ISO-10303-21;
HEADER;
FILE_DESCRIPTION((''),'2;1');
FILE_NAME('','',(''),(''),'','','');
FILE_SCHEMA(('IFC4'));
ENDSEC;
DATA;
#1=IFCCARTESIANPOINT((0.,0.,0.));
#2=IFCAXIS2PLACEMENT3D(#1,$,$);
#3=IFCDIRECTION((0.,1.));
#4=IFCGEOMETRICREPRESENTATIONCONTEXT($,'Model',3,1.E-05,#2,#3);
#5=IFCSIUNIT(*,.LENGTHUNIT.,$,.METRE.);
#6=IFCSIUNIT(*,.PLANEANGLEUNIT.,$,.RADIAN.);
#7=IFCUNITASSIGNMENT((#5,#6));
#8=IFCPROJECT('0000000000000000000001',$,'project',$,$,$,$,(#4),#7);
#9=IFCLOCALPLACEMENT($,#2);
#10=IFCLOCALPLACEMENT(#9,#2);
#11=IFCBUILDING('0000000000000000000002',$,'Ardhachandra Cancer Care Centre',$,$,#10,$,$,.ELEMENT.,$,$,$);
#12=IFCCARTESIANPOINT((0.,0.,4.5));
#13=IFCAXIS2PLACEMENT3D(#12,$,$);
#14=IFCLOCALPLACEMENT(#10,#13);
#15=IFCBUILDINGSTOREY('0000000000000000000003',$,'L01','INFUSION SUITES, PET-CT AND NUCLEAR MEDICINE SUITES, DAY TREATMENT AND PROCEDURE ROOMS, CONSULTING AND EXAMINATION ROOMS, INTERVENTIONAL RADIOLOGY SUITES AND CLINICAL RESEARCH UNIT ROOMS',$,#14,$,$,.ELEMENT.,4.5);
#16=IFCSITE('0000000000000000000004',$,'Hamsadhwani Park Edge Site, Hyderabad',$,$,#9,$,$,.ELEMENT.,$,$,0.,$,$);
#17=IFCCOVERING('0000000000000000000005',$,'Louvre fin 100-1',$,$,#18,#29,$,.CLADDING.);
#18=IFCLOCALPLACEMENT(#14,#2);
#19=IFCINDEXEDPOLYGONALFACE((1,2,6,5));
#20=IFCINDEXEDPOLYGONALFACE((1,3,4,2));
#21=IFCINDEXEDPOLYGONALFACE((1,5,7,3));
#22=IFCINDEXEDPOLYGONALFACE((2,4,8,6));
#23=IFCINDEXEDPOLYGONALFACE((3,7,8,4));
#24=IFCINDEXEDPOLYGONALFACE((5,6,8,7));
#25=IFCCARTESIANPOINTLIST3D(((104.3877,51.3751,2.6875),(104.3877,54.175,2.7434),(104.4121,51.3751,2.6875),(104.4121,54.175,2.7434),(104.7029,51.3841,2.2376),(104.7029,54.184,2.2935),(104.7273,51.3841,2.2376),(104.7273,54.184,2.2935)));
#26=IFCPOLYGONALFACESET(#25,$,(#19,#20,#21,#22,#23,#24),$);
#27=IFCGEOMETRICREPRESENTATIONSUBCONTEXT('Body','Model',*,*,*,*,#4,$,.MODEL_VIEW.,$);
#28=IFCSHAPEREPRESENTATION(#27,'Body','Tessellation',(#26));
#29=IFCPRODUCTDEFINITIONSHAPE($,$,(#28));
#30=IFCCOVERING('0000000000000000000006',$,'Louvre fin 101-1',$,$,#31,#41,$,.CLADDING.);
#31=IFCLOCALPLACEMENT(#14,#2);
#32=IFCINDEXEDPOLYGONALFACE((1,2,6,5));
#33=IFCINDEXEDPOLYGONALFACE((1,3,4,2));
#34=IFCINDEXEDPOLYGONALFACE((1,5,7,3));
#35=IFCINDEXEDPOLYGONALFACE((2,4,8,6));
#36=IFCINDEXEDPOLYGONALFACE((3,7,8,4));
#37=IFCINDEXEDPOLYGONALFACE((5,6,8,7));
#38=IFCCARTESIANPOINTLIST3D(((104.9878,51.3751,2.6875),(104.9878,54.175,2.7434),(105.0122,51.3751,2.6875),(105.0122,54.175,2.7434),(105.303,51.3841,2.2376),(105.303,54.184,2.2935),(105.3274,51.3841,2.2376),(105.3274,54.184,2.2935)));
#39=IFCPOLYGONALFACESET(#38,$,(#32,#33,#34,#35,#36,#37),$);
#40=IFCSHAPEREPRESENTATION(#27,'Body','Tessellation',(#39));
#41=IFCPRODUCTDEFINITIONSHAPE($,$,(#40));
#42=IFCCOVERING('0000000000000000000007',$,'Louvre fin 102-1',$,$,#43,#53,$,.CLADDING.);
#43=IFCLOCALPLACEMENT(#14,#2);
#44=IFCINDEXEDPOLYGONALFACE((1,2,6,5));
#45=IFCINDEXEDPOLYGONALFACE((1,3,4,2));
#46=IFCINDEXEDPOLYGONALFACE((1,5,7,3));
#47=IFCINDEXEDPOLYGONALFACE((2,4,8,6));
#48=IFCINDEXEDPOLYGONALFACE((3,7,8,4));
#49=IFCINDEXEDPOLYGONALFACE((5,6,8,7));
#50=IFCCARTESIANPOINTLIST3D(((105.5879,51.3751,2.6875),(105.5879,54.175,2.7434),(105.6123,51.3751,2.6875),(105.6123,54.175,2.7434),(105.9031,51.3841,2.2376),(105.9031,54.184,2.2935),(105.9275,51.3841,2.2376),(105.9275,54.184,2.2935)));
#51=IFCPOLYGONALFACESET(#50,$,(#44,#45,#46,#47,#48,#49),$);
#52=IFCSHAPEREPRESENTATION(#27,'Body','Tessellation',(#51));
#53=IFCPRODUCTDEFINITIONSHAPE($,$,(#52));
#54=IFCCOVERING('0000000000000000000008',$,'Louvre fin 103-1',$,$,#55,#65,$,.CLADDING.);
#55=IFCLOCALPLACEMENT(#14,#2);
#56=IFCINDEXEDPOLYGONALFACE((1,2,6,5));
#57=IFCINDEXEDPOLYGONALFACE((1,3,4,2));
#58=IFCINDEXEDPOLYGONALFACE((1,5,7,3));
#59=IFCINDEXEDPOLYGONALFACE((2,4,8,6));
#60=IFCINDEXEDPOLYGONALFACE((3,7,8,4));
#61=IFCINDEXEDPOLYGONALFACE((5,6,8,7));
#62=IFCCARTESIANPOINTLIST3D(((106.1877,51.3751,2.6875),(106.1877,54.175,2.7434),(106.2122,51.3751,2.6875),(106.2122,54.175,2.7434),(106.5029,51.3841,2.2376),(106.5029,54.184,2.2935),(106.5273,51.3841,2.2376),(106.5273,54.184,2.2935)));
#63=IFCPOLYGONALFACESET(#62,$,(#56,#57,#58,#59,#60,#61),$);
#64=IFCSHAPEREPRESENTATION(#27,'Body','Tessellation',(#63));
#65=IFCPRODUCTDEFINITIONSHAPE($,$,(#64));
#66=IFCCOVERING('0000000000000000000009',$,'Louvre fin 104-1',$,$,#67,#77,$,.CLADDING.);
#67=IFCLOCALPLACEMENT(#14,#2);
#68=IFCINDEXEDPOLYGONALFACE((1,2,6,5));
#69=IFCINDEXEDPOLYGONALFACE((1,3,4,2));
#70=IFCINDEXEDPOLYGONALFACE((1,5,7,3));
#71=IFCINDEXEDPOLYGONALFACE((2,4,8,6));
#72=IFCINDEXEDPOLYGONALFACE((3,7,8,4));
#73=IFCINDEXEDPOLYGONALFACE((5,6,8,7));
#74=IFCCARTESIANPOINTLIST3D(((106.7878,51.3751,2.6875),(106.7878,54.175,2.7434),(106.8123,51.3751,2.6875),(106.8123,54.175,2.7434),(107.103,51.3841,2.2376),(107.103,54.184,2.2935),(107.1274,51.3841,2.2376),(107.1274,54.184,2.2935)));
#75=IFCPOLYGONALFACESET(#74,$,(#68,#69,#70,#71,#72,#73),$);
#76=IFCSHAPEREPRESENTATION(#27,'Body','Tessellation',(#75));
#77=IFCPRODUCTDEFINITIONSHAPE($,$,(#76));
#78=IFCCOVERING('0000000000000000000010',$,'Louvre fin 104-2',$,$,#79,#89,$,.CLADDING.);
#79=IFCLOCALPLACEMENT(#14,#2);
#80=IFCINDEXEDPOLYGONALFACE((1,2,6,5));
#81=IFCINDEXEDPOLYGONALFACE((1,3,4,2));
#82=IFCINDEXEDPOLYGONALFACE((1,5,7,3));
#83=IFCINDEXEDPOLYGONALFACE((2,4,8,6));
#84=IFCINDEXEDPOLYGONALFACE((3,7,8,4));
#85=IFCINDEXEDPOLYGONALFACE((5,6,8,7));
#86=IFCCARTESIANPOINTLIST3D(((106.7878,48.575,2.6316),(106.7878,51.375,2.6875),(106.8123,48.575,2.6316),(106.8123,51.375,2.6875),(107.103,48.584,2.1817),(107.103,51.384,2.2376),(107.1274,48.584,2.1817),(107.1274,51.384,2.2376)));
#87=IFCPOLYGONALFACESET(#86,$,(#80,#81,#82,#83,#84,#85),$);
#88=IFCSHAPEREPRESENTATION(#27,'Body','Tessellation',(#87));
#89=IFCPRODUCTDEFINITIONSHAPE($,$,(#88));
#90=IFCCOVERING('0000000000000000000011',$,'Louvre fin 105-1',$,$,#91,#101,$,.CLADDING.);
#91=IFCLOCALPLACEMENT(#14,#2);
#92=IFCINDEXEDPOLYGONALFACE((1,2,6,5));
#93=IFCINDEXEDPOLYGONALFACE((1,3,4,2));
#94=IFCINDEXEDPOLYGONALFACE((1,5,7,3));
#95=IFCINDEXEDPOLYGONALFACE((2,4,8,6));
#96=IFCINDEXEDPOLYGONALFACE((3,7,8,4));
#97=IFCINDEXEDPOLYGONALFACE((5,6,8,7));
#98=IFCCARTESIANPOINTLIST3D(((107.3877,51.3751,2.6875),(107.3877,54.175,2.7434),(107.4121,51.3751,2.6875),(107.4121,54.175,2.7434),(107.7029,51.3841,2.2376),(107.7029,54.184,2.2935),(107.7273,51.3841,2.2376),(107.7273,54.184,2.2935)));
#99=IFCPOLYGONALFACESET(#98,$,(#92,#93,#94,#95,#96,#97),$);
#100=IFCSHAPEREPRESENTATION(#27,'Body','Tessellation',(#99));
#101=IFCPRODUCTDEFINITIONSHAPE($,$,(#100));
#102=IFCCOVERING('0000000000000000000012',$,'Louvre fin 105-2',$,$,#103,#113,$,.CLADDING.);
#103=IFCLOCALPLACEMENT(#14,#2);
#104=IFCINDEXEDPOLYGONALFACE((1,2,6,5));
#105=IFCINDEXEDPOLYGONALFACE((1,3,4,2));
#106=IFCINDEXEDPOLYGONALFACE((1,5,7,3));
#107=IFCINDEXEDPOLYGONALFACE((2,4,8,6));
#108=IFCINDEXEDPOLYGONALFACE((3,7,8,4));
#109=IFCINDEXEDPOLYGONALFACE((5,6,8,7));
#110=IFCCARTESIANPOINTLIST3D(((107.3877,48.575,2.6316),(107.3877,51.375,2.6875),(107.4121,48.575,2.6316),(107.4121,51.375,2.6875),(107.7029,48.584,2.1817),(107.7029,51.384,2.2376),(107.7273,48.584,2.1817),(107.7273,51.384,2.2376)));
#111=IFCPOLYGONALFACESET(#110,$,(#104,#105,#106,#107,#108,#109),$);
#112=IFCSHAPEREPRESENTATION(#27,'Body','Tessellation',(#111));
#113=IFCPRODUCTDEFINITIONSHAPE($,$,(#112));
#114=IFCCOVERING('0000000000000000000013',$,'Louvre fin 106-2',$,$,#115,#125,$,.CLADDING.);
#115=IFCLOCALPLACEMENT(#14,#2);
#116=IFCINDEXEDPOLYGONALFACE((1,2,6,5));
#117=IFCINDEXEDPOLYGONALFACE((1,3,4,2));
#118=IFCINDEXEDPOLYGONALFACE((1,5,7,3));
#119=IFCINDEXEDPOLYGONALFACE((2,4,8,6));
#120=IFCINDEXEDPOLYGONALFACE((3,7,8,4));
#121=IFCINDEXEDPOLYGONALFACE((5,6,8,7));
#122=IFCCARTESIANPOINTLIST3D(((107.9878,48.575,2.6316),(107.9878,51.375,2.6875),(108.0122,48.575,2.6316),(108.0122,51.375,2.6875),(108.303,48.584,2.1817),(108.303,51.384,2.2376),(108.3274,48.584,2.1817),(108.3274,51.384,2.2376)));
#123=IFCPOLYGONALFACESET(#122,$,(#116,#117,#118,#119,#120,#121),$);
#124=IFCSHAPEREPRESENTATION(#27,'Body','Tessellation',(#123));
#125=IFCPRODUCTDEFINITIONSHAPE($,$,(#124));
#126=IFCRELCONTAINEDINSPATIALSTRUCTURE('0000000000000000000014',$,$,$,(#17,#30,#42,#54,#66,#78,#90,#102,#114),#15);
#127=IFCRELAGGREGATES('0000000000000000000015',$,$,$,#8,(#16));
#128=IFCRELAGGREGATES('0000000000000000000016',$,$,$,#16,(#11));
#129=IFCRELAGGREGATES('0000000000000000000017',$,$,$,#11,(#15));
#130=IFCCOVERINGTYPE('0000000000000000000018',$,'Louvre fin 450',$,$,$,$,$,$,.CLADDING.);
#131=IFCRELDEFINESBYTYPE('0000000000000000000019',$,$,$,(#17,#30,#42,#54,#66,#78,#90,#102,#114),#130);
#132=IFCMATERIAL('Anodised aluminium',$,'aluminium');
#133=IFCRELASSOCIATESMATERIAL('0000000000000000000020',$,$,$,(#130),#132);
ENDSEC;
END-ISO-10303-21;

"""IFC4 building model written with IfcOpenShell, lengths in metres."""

from ifc_helpers import new_model, si_unit, direction, frame, origin, place, context, subcontext, project, spatial, polyline, outline, extrude, material, material_profile, profile_set, type_object, element, save


model = new_model("IFC4")

# Units and contexts
model_context = context("Model", 3, precision=1e-05, world=origin(), true_north=direction((0.0, 1.0)))
body_context = subcontext(model_context, "Body", "Model", "MODEL_VIEW")
ifc_project = project(units=[si_unit("LENGTHUNIT", "METRE"), si_unit("PLANEANGLEUNIT", "RADIAN")], contexts=[model_context])

# Site, building, storey
site_placement = place(None, origin())
site = spatial("IfcSite", under=ifc_project, at=site_placement, Name="Hamsadhwani Park Edge Site, Hyderabad", CompositionType="ELEMENT", RefElevation=0.0)
building_placement = place(site_placement, origin())
building = spatial("IfcBuilding", under=site, at=building_placement, Name="Ardhachandra Cancer Care Centre", CompositionType="ELEMENT")
storey_placement = place(building_placement, frame((0.0, 0.0, 4.5)))
storey = spatial("IfcBuildingStorey", under=building, at=storey_placement, Name="L01", Description="INFUSION SUITES, PET-CT AND NUCLEAR MEDICINE SUITES, DAY TREATMENT AND PROCEDURE ROOMS, CONSULTING AND EXAMINATION ROOMS, INTERVENTIONAL RADIOLOGY SUITES AND CLINICAL RESEARCH UNIT ROOMS", CompositionType="ELEMENT", Elevation=4.5)

# Coverings
ifc_material_1 = material(Name="Anodised aluminium", Category="aluminium")
ifc_material_profile_1 = material_profile(ifc_material_1, outline(polyline([(-0.0122, 0.0), (0.0122, 0.0), (0.3274, -0.45), (0.303, -0.45), (-0.0122, 0.0)])), Name="Louvre fin 450")
ifc_profile_set_1 = profile_set([ifc_material_profile_1], Name="Anodised aluminium")
covering_type = type_object("IfcCoveringType", Name="Louvre fin 450", PredefinedType="CLADDING", material=ifc_profile_set_1)
for number, where, z_axis, x_axis, name in (
    (1, (104.3999, 54.175, 2.7434), (0.0, -0.999801, -0.019963), (1.0, 0.0, 0.0), "Louvre fin 100-1"),
    (2, (105.0, 54.175, 2.7434), (0.0, -0.999801, -0.019963), (1.0, 0.0, 0.0), "Louvre fin 101-1"),
    (3, (105.6001, 54.175, 2.7434), (0.0, -0.999801, -0.019963), (1.0, 0.0, 0.0), "Louvre fin 102-1"),
    (4, (106.2, 54.175, 2.7434), (0.0, -0.999801, -0.019963), (1.0, 0.0, 0.0), "Louvre fin 103-1"),
    (5, (106.8, 54.175, 2.7434), (0.0, -0.999801, -0.019963), (1.0, 0.0, 0.0), "Louvre fin 104-1"),
    (6, (106.8, 51.375, 2.6875), (0.0, -0.999801, -0.019963), (1.0, 0.0, 0.0), "Louvre fin 104-2"),
    (7, (107.3999, 54.175, 2.7434), (0.0, -0.999801, -0.019963), (1.0, 0.0, 0.0), "Louvre fin 105-1"),
    (8, (107.3999, 51.375, 2.6875), (0.0, -0.999801, -0.019963), (1.0, 0.0, 0.0), "Louvre fin 105-2"),
    (9, (108.0, 51.375, 2.6875), (0.0, -0.999801, -0.019963), (1.0, 0.0, 0.0), "Louvre fin 106-2"),
):
    element("IfcCovering", number, at=place(storey_placement, frame(where, z_axis=z_axis, x_axis=x_axis)), inside=storey, type_object=covering_type, Name=name, PredefinedType="CLADDING", context=body_context, shape_type="SweptSolid", body=[
        extrude(outline(polyline([(-0.0122, 0.0), (0.0122, 0.0), (0.3274, -0.45), (0.303, -0.45), (-0.0122, 0.0)])), origin(), (0.0, 0.0, 1.0), 2.8005),
    ])

save(model, "model.ifc")
